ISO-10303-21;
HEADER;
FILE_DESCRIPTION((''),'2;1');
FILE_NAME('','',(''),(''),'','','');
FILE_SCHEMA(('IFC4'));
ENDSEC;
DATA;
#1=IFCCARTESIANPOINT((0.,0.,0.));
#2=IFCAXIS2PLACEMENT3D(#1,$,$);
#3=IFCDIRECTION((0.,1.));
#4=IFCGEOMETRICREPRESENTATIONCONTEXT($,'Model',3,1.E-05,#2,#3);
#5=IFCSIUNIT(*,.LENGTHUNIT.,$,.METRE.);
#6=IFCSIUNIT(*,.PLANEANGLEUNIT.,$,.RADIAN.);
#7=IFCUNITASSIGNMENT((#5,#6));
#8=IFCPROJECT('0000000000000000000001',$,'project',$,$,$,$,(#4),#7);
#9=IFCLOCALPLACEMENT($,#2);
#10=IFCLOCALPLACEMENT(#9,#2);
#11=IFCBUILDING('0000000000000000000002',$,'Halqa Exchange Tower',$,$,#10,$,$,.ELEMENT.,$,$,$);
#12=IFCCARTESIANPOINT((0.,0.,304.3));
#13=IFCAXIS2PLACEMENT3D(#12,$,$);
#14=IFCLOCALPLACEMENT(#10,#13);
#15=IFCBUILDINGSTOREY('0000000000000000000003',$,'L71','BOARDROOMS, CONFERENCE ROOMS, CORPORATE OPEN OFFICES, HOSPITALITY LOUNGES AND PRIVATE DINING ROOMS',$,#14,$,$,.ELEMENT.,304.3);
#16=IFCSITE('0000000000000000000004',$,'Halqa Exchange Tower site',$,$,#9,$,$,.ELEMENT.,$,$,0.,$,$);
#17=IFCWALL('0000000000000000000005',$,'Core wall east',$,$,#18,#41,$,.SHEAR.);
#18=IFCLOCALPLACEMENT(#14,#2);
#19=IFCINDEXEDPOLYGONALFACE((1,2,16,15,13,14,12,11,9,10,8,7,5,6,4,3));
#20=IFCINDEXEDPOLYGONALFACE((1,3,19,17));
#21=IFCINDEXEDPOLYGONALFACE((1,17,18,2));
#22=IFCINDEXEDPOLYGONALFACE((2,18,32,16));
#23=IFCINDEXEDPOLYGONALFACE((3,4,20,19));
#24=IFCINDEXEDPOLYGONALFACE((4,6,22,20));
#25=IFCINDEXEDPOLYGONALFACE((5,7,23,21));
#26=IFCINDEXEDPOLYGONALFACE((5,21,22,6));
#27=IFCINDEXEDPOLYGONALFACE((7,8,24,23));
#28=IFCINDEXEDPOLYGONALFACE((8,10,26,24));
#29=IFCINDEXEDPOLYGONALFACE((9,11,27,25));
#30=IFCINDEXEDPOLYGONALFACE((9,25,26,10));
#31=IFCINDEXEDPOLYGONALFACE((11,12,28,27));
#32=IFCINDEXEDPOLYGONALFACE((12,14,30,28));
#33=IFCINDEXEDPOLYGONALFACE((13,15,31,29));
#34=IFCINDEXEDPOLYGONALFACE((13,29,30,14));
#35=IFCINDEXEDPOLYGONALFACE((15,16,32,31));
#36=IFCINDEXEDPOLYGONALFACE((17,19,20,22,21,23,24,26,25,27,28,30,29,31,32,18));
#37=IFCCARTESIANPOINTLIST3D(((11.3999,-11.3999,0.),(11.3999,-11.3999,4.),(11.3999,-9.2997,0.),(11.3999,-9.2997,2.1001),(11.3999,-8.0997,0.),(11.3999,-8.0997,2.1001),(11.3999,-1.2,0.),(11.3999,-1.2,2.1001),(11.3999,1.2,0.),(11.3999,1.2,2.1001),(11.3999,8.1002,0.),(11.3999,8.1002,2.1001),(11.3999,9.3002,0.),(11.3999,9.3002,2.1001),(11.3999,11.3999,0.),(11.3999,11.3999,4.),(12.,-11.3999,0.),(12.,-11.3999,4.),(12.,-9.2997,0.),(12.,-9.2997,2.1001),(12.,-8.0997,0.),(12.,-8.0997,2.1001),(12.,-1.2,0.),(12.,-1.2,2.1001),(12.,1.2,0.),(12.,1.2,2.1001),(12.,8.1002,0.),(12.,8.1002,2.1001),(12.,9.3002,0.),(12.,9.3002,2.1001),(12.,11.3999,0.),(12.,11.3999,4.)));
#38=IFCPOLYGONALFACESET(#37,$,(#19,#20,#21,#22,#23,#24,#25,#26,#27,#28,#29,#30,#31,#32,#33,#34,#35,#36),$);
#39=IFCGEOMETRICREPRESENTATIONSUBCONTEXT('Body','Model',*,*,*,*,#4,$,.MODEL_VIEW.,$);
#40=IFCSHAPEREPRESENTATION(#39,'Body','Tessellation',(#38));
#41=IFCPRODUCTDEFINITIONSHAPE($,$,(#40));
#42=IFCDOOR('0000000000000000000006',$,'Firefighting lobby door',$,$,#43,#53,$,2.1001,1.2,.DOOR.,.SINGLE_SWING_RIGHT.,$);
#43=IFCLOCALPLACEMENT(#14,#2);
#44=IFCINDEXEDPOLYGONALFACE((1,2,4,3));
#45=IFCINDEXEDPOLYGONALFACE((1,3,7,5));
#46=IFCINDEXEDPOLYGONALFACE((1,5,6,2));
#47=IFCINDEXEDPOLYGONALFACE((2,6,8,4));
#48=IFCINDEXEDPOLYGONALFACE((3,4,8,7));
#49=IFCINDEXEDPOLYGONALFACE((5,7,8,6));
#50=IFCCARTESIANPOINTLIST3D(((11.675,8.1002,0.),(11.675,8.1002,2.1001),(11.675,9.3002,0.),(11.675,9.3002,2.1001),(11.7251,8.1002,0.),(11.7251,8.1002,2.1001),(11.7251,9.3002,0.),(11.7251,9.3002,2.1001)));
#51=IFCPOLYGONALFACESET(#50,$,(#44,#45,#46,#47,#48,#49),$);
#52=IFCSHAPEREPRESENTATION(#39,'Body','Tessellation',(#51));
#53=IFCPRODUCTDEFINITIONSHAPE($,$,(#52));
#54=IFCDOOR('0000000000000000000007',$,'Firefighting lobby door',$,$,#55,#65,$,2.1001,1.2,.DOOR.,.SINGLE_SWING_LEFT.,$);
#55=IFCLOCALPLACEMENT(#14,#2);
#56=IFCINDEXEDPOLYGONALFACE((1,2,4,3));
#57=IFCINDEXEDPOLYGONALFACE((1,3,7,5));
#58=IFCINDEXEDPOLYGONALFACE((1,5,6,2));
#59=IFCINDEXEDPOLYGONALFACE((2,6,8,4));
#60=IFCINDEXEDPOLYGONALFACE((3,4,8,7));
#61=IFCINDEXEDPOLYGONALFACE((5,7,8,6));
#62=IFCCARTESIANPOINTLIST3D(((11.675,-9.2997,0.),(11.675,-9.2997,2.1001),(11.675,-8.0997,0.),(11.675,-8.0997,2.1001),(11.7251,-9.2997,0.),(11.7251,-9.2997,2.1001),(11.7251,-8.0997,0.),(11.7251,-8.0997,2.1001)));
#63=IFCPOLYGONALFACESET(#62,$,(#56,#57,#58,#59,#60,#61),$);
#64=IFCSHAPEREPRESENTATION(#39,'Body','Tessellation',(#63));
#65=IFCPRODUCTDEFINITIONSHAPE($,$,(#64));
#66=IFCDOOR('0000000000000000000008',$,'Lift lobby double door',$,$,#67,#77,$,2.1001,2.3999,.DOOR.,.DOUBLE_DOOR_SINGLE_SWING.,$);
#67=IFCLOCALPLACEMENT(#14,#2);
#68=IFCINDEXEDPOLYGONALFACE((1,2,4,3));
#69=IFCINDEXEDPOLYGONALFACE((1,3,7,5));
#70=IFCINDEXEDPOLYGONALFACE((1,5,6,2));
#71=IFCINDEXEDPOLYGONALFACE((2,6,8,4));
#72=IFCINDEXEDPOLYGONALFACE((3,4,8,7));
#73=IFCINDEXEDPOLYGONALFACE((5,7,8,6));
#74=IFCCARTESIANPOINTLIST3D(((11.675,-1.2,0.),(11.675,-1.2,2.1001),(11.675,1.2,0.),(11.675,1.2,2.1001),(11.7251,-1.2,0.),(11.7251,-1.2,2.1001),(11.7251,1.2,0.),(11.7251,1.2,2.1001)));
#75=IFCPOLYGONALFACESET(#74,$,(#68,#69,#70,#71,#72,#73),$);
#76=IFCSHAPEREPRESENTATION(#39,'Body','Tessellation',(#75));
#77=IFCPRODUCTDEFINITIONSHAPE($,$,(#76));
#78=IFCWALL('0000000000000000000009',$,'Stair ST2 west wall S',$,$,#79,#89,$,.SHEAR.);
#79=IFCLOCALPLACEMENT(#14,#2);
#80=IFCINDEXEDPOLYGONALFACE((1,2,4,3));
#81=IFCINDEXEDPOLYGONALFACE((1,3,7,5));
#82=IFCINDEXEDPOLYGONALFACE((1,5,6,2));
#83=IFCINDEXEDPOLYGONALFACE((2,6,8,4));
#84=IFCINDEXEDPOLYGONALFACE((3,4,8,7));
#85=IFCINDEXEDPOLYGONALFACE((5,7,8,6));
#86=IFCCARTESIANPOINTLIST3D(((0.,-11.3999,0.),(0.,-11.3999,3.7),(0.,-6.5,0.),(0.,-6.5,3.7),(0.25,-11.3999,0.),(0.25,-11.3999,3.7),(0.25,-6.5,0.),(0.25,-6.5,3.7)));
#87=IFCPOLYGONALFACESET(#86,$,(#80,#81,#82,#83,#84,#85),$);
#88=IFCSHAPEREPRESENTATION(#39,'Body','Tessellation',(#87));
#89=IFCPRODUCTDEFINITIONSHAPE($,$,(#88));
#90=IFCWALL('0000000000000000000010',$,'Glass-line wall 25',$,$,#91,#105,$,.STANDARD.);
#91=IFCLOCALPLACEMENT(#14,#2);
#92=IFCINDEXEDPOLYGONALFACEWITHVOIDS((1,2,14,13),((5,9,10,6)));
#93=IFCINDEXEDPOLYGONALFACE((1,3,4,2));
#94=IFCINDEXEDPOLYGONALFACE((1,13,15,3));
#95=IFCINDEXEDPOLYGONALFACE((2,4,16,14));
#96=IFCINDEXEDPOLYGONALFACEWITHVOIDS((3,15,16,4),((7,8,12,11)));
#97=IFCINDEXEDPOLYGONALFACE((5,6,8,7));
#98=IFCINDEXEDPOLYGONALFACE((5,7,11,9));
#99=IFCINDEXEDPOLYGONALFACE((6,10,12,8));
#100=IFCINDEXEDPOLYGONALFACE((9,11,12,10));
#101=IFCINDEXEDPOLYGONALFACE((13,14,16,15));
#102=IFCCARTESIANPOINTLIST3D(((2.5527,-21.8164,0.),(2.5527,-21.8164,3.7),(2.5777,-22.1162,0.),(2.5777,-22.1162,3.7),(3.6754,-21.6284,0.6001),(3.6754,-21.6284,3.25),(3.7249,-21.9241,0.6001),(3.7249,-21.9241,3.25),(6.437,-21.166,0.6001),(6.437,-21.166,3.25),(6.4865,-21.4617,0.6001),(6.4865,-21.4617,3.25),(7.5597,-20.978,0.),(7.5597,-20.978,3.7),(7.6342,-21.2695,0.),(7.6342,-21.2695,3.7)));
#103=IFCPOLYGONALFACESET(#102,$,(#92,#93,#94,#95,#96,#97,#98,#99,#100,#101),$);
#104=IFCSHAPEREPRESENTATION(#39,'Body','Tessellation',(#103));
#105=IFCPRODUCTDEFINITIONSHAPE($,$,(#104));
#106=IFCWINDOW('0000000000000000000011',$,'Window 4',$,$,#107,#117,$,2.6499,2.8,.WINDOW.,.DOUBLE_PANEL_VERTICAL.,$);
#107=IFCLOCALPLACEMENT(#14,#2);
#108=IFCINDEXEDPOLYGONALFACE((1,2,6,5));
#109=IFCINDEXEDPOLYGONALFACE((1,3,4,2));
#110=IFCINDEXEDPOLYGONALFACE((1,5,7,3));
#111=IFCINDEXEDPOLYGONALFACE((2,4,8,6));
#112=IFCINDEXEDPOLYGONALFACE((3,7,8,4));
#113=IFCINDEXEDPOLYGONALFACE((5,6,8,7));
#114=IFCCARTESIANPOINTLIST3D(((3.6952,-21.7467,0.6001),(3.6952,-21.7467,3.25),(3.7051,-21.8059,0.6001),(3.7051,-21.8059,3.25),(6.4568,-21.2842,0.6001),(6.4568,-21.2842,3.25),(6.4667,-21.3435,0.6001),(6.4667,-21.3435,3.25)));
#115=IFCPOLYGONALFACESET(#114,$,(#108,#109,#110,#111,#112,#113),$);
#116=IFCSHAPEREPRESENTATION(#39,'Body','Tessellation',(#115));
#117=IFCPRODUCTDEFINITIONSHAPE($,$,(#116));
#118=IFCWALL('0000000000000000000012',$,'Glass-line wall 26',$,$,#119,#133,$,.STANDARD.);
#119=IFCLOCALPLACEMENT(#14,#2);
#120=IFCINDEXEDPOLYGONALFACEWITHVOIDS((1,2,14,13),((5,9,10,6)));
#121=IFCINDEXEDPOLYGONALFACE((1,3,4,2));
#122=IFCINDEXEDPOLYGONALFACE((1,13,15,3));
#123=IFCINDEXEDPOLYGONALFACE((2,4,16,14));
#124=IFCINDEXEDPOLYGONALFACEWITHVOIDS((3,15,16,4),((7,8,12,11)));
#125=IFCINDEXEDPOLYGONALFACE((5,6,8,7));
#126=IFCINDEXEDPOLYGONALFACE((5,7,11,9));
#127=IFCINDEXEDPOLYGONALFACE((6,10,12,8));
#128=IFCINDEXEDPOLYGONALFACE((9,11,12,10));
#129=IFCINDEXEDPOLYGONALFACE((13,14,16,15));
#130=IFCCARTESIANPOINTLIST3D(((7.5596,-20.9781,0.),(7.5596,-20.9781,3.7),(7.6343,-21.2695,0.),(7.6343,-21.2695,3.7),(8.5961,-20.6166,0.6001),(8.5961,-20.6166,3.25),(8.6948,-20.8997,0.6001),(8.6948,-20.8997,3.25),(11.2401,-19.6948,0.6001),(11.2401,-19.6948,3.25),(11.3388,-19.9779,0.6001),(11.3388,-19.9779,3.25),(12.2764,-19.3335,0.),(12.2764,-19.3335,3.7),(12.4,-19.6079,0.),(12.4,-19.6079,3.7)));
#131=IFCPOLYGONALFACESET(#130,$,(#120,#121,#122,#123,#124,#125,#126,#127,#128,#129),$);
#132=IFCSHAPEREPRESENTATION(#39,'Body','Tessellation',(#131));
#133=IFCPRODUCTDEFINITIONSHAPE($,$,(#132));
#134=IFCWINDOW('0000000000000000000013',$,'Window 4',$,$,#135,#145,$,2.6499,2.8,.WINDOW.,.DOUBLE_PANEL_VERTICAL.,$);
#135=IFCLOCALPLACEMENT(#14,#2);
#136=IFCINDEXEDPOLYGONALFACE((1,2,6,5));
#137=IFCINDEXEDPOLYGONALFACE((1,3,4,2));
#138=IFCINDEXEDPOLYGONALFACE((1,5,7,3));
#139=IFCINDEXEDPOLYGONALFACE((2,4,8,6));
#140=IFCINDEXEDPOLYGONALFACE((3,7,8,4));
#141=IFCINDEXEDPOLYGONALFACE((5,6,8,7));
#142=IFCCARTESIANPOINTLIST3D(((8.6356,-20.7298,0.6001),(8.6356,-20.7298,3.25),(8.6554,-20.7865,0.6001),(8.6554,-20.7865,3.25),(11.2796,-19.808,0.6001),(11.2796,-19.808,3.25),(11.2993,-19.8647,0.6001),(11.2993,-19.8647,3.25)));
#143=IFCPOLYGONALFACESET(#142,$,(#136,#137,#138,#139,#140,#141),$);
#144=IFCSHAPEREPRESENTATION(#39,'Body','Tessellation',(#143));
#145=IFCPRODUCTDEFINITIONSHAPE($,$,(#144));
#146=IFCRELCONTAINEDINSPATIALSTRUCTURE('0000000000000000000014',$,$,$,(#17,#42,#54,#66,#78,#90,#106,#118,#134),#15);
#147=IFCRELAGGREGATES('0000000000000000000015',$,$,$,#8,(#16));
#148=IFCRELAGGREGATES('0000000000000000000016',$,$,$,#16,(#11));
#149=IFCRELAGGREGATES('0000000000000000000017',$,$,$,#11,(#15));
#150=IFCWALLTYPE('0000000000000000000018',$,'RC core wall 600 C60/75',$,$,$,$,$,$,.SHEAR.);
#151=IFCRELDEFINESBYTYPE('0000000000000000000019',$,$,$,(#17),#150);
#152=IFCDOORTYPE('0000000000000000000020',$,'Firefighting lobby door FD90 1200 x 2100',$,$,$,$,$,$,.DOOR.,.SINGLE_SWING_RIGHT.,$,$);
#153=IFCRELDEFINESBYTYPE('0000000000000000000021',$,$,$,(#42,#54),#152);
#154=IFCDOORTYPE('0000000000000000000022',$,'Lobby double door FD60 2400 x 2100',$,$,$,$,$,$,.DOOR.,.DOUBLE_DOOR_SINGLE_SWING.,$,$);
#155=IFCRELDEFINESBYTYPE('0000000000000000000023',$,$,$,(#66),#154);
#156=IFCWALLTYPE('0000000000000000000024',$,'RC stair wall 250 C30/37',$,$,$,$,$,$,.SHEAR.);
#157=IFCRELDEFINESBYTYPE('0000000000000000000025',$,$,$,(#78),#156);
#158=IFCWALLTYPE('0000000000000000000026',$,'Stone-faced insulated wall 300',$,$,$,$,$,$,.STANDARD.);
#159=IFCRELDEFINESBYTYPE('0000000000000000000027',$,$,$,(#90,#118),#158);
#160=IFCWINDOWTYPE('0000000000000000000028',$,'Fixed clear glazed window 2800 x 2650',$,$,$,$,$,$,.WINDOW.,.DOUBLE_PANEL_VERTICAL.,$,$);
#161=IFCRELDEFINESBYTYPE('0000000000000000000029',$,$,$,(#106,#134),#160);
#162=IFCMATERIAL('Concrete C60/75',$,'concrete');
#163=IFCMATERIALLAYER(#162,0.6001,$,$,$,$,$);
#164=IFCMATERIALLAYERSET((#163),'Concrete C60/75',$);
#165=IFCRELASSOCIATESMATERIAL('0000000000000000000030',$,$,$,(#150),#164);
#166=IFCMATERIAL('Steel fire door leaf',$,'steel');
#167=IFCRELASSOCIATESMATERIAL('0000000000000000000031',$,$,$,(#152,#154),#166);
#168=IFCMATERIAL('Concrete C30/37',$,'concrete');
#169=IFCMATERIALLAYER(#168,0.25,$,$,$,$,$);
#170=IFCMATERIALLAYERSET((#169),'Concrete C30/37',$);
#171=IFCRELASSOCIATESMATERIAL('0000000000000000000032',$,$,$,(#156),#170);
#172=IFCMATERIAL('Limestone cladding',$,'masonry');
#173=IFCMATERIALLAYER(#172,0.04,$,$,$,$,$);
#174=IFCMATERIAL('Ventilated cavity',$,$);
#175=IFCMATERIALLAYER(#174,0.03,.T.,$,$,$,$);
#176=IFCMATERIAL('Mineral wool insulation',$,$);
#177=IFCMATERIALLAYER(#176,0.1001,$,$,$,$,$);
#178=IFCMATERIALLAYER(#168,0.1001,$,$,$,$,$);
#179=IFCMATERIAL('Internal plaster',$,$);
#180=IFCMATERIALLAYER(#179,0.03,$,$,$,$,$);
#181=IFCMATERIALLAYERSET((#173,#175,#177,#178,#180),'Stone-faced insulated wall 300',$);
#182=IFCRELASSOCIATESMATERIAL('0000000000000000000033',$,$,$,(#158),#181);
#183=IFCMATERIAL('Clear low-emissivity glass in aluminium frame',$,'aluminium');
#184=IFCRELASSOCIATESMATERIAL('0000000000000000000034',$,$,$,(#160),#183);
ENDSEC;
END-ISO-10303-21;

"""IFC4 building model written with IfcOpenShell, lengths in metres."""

from ifc_helpers import new_model, si_unit, direction, frame, frame_2d, origin, place, context, subcontext, project, spatial, polyline, rectangle, outline, extrude, material, layer, layer_set, type_object, element, fill, save


model = new_model("IFC4")

# Units and contexts
model_context = context("Model", 3, precision=1e-05, world=origin(), true_north=direction((0.0, 1.0)))
body_context = subcontext(model_context, "Body", "Model", "MODEL_VIEW")
ifc_project = project(units=[si_unit("LENGTHUNIT", "METRE"), si_unit("PLANEANGLEUNIT", "RADIAN")], contexts=[model_context])

# Site, building, storey
site_placement = place(None, origin())
site = spatial("IfcSite", under=ifc_project, at=site_placement, Name="Halqa Exchange Tower site", CompositionType="ELEMENT", RefElevation=0.0)
building_placement = place(site_placement, origin())
building = spatial("IfcBuilding", under=site, at=building_placement, Name="Halqa Exchange Tower", CompositionType="ELEMENT")
storey_placement = place(building_placement, frame((0.0, 0.0, 304.3)))
storey = spatial("IfcBuildingStorey", under=building, at=storey_placement, Name="L71", Description="BOARDROOMS, CONFERENCE ROOMS, CORPORATE OPEN OFFICES, HOSPITALITY LOUNGES AND PRIVATE DINING ROOMS", CompositionType="ELEMENT", Elevation=304.3)

# Shared definitions
ifc_material_1 = material(Name="Concrete C60/75", Category="concrete")

# Wall, openings, doors
ifc_layer_1 = layer(ifc_material_1, 0.6001)
ifc_layer_set_1 = layer_set([ifc_layer_1], Name="Concrete C60/75")
wall_type_1 = type_object("IfcWallType", Name="RC core wall 600 C60/75", PredefinedType="SHEAR", material=ifc_layer_set_1)
wall_1_placement = place(storey_placement, frame((11.7, -11.3999, 0.0), z_axis=(0.0, 0.0, 1.0), x_axis=(0.0, 1.0, 0.0)))
wall_1 = element("IfcWall", 1, at=wall_1_placement, inside=storey, type_object=wall_type_1, Name="Core wall east", PredefinedType="SHEAR", context=body_context, shape_type="SweptSolid", body=[
    extrude(rectangle(XDim=22.7998, YDim=0.6001, at=frame_2d((11.3999, 0.0))), origin(), (0.0, 0.0, 1.0), 4.0),
])
opening_1_placement = place(wall_1_placement, frame((10.2, 0.0, 0.0)))
opening_1 = element("IfcOpeningElement", 2, at=opening_1_placement, cuts=wall_1, PredefinedType="OPENING", context=body_context, shape_type="SweptSolid", body=[
    extrude(rectangle(XDim=2.3999, YDim=2.1001, at=frame_2d((1.2, 1.05))), frame((0.0, 0.312, 0.0), z_axis=(0.0, -1.0, 0.0), x_axis=(1.0, 0.0, 0.0)), (0.0, 0.0, 1.0), 0.624),
])
opening_2_placement = place(wall_1_placement, frame((19.5, 0.0, 0.0)))
opening_2 = element("IfcOpeningElement", 3, at=opening_2_placement, cuts=wall_1, PredefinedType="OPENING", context=body_context, shape_type="SweptSolid", body=[
    extrude(rectangle(XDim=1.2, YDim=2.1001, at=frame_2d((0.6001, 1.05))), frame((0.0, 0.312, 0.0), z_axis=(0.0, -1.0, 0.0), x_axis=(1.0, 0.0, 0.0)), (0.0, 0.0, 1.0), 0.624),
])
opening_3_placement = place(wall_1_placement, frame((2.1001, 0.0, 0.0)))
opening_3 = element("IfcOpeningElement", 4, at=opening_3_placement, cuts=wall_1, PredefinedType="OPENING", context=body_context, shape_type="SweptSolid", body=[
    extrude(rectangle(XDim=1.2, YDim=2.1001, at=frame_2d((0.6001, 1.05))), frame((0.0, 0.312, 0.0), z_axis=(0.0, -1.0, 0.0), x_axis=(1.0, 0.0, 0.0)), (0.0, 0.0, 1.0), 0.624),
])
ifc_material_2 = material(Name="Steel fire door leaf", Category="steel")
door_type_1 = type_object("IfcDoorType", Name="Firefighting lobby door FD90 1200 x 2100", OperationType="SINGLE_SWING_RIGHT", PredefinedType="DOOR", material=ifc_material_2)
door_1_placement = place(opening_2_placement, origin())
door_1 = element("IfcDoor", 5, at=door_1_placement, inside=storey, type_object=door_type_1, Name="Firefighting lobby door", OperationType="SINGLE_SWING_RIGHT", OverallHeight=2.1001, OverallWidth=1.2, PredefinedType="DOOR", context=body_context, shape_type="SweptSolid", body=[
    extrude(rectangle(XDim=1.2, YDim=2.1001, at=frame_2d((0.6001, 1.05))), frame((0.0, 0.0249, 0.0), z_axis=(0.0, -1.0, 0.0), x_axis=(1.0, 0.0, 0.0)), (0.0, 0.0, 1.0), 0.05),
])
fill(opening_2, door_1)
door_2_placement = place(opening_3_placement, origin())
door_2 = element("IfcDoor", 6, at=door_2_placement, inside=storey, type_object=door_type_1, Name="Firefighting lobby door", OperationType="SINGLE_SWING_LEFT", OverallHeight=2.1001, OverallWidth=1.2, PredefinedType="DOOR", context=body_context, shape_type="SweptSolid", body=[
    extrude(rectangle(XDim=1.2, YDim=2.1001, at=frame_2d((0.6001, 1.05))), frame((0.0, 0.0249, 0.0), z_axis=(0.0, -1.0, 0.0), x_axis=(1.0, 0.0, 0.0)), (0.0, 0.0, 1.0), 0.05),
])
fill(opening_3, door_2)
door_type_2 = type_object("IfcDoorType", Name="Lobby double door FD60 2400 x 2100", OperationType="DOUBLE_DOOR_SINGLE_SWING", PredefinedType="DOOR", material=ifc_material_2)
door_3_placement = place(opening_1_placement, origin())
door_3 = element("IfcDoor", 7, at=door_3_placement, inside=storey, type_object=door_type_2, Name="Lift lobby double door", OperationType="DOUBLE_DOOR_SINGLE_SWING", OverallHeight=2.1001, OverallWidth=2.3999, PredefinedType="DOOR", context=body_context, shape_type="SweptSolid", body=[
    extrude(rectangle(XDim=2.3999, YDim=2.1001, at=frame_2d((1.2, 1.05))), frame((0.0, 0.0249, 0.0), z_axis=(0.0, -1.0, 0.0), x_axis=(1.0, 0.0, 0.0)), (0.0, 0.0, 1.0), 0.05),
])
fill(opening_1, door_3)

# Wall
ifc_material_3 = material(Name="Concrete C30/37", Category="concrete")
ifc_layer_2 = layer(ifc_material_3, 0.25)
ifc_layer_set_2 = layer_set([ifc_layer_2], Name="Concrete C30/37")
wall_type_2 = type_object("IfcWallType", Name="RC stair wall 250 C30/37", PredefinedType="SHEAR", material=ifc_layer_set_2)
wall_2_placement = place(storey_placement, frame((0.125, -11.3999, 0.0), z_axis=(0.0, 0.0, 1.0), x_axis=(0.0, 1.0, 0.0)))
element("IfcWall", 8, at=wall_2_placement, inside=storey, type_object=wall_type_2, Name="Stair ST2 west wall S", PredefinedType="SHEAR", context=body_context, shape_type="SweptSolid", body=[
    extrude(rectangle(XDim=4.8999, YDim=0.25, at=frame_2d((2.45, 0.0))), origin(), (0.0, 0.0, 1.0), 3.7),
])

# Walls, openings, windows
ifc_material_4 = material(Name="Limestone cladding", Category="masonry")
ifc_layer_3 = layer(ifc_material_4, 0.04)
ifc_material_5 = material(Name="Ventilated cavity")
ifc_layer_4 = layer(ifc_material_5, 0.03, ventilated=True)
ifc_material_6 = material(Name="Mineral wool insulation")
ifc_layer_5 = layer(ifc_material_6, 0.1001)
ifc_layer_6 = layer(ifc_material_3, 0.1001)
ifc_material_7 = material(Name="Internal plaster")
ifc_layer_7 = layer(ifc_material_7, 0.03)
ifc_layer_set_3 = layer_set([ifc_layer_3, ifc_layer_4, ifc_layer_5, ifc_layer_6, ifc_layer_7], Name="Stone-faced insulated wall 300")
wall_type_3 = type_object("IfcWallType", Name="Stone-faced insulated wall 300", PredefinedType="STANDARD", material=ifc_layer_set_3)
wall_3_placement = place(storey_placement, frame((2.5652, -21.9663, 0.0), z_axis=(0.0, 0.0, 1.0), x_axis=(0.986269, 0.165144, 0.0)))
wall_3 = element("IfcWall", 9, at=wall_3_placement, inside=storey, type_object=wall_type_3, Name="Glass-line wall 25", PredefinedType="STANDARD", context=body_context, shape_type="SweptSolid", body=[
    extrude(outline(polyline([(-0.0125, -0.1499), (5.1145, -0.1499), (5.0891, 0.1499), (0.0125, 0.1499), (-0.0125, -0.1499)])), origin(), (0.0, 0.0, 1.0), 3.7),
])
opening_4_placement = place(wall_3_placement, frame((1.1509, 0.0, 0.6001)))
opening_4 = element("IfcOpeningElement", 10, at=opening_4_placement, cuts=wall_3, PredefinedType="OPENING", context=body_context, shape_type="SweptSolid", body=[
    extrude(rectangle(XDim=2.8, YDim=2.6499, at=frame_2d((1.3999, 1.325))), frame((0.0, 0.1621, 0.0), z_axis=(0.0, -1.0, 0.0), x_axis=(1.0, 0.0, 0.0)), (0.0, 0.0, 1.0), 0.324),
])
ifc_material_8 = material(Name="Clear low-emissivity glass in aluminium frame", Category="aluminium")
window_type = type_object("IfcWindowType", Name="Fixed clear glazed window 2800 x 2650", PartitioningType="DOUBLE_PANEL_VERTICAL", PredefinedType="WINDOW", material=ifc_material_8)
window_1_placement = place(opening_4_placement, origin())
window_1 = element("IfcWindow", 11, at=window_1_placement, inside=storey, type_object=window_type, Name="Window 4", OverallHeight=2.6499, OverallWidth=2.8, PartitioningType="DOUBLE_PANEL_VERTICAL", PredefinedType="WINDOW", context=body_context, shape_type="SweptSolid", body=[
    extrude(rectangle(XDim=2.8, YDim=2.6499, at=frame_2d((1.3999, 1.325))), frame((0.0, 0.03, 0.0), z_axis=(0.0, -1.0, 0.0), x_axis=(1.0, 0.0, 0.0)), (0.0, 0.0, 1.0), 0.0601),
])
fill(opening_4, window_1)
wall_4_placement = place(storey_placement, frame((7.5969, -21.1238, 0.0), z_axis=(0.0, 0.0, 1.0), x_axis=(0.944252, 0.329224, 0.0)))
wall_4 = element("IfcWall", 12, at=wall_4_placement, inside=storey, type_object=wall_type_3, Name="Glass-line wall 26", PredefinedType="STANDARD", context=body_context, shape_type="SweptSolid", body=[
    extrude(outline(polyline([(-0.0127, -0.1499), (5.0344, -0.1499), (5.0081, 0.1499), (0.0127, 0.1499), (-0.0127, -0.1499)])), origin(), (0.0, 0.0, 1.0), 3.7),
])
opening_5_placement = place(wall_4_placement, frame((1.1106, 0.0, 0.6001)))
opening_5 = element("IfcOpeningElement", 13, at=opening_5_placement, cuts=wall_4, PredefinedType="OPENING", context=body_context, shape_type="SweptSolid", body=[
    extrude(rectangle(XDim=2.8, YDim=2.6499, at=frame_2d((1.3999, 1.325))), frame((0.0, 0.1621, 0.0), z_axis=(0.0, -1.0, 0.0), x_axis=(1.0, 0.0, 0.0)), (0.0, 0.0, 1.0), 0.324),
])
window_2_placement = place(opening_5_placement, origin())
window_2 = element("IfcWindow", 14, at=window_2_placement, inside=storey, type_object=window_type, Name="Window 4", OverallHeight=2.6499, OverallWidth=2.8, PartitioningType="DOUBLE_PANEL_VERTICAL", PredefinedType="WINDOW", context=body_context, shape_type="SweptSolid", body=[
    extrude(rectangle(XDim=2.8, YDim=2.6499, at=frame_2d((1.3999, 1.325))), frame((0.0, 0.03, 0.0), z_axis=(0.0, -1.0, 0.0), x_axis=(1.0, 0.0, 0.0)), (0.0, 0.0, 1.0), 0.0601),
])
fill(opening_5, window_2)

save(model, "model.ifc")
